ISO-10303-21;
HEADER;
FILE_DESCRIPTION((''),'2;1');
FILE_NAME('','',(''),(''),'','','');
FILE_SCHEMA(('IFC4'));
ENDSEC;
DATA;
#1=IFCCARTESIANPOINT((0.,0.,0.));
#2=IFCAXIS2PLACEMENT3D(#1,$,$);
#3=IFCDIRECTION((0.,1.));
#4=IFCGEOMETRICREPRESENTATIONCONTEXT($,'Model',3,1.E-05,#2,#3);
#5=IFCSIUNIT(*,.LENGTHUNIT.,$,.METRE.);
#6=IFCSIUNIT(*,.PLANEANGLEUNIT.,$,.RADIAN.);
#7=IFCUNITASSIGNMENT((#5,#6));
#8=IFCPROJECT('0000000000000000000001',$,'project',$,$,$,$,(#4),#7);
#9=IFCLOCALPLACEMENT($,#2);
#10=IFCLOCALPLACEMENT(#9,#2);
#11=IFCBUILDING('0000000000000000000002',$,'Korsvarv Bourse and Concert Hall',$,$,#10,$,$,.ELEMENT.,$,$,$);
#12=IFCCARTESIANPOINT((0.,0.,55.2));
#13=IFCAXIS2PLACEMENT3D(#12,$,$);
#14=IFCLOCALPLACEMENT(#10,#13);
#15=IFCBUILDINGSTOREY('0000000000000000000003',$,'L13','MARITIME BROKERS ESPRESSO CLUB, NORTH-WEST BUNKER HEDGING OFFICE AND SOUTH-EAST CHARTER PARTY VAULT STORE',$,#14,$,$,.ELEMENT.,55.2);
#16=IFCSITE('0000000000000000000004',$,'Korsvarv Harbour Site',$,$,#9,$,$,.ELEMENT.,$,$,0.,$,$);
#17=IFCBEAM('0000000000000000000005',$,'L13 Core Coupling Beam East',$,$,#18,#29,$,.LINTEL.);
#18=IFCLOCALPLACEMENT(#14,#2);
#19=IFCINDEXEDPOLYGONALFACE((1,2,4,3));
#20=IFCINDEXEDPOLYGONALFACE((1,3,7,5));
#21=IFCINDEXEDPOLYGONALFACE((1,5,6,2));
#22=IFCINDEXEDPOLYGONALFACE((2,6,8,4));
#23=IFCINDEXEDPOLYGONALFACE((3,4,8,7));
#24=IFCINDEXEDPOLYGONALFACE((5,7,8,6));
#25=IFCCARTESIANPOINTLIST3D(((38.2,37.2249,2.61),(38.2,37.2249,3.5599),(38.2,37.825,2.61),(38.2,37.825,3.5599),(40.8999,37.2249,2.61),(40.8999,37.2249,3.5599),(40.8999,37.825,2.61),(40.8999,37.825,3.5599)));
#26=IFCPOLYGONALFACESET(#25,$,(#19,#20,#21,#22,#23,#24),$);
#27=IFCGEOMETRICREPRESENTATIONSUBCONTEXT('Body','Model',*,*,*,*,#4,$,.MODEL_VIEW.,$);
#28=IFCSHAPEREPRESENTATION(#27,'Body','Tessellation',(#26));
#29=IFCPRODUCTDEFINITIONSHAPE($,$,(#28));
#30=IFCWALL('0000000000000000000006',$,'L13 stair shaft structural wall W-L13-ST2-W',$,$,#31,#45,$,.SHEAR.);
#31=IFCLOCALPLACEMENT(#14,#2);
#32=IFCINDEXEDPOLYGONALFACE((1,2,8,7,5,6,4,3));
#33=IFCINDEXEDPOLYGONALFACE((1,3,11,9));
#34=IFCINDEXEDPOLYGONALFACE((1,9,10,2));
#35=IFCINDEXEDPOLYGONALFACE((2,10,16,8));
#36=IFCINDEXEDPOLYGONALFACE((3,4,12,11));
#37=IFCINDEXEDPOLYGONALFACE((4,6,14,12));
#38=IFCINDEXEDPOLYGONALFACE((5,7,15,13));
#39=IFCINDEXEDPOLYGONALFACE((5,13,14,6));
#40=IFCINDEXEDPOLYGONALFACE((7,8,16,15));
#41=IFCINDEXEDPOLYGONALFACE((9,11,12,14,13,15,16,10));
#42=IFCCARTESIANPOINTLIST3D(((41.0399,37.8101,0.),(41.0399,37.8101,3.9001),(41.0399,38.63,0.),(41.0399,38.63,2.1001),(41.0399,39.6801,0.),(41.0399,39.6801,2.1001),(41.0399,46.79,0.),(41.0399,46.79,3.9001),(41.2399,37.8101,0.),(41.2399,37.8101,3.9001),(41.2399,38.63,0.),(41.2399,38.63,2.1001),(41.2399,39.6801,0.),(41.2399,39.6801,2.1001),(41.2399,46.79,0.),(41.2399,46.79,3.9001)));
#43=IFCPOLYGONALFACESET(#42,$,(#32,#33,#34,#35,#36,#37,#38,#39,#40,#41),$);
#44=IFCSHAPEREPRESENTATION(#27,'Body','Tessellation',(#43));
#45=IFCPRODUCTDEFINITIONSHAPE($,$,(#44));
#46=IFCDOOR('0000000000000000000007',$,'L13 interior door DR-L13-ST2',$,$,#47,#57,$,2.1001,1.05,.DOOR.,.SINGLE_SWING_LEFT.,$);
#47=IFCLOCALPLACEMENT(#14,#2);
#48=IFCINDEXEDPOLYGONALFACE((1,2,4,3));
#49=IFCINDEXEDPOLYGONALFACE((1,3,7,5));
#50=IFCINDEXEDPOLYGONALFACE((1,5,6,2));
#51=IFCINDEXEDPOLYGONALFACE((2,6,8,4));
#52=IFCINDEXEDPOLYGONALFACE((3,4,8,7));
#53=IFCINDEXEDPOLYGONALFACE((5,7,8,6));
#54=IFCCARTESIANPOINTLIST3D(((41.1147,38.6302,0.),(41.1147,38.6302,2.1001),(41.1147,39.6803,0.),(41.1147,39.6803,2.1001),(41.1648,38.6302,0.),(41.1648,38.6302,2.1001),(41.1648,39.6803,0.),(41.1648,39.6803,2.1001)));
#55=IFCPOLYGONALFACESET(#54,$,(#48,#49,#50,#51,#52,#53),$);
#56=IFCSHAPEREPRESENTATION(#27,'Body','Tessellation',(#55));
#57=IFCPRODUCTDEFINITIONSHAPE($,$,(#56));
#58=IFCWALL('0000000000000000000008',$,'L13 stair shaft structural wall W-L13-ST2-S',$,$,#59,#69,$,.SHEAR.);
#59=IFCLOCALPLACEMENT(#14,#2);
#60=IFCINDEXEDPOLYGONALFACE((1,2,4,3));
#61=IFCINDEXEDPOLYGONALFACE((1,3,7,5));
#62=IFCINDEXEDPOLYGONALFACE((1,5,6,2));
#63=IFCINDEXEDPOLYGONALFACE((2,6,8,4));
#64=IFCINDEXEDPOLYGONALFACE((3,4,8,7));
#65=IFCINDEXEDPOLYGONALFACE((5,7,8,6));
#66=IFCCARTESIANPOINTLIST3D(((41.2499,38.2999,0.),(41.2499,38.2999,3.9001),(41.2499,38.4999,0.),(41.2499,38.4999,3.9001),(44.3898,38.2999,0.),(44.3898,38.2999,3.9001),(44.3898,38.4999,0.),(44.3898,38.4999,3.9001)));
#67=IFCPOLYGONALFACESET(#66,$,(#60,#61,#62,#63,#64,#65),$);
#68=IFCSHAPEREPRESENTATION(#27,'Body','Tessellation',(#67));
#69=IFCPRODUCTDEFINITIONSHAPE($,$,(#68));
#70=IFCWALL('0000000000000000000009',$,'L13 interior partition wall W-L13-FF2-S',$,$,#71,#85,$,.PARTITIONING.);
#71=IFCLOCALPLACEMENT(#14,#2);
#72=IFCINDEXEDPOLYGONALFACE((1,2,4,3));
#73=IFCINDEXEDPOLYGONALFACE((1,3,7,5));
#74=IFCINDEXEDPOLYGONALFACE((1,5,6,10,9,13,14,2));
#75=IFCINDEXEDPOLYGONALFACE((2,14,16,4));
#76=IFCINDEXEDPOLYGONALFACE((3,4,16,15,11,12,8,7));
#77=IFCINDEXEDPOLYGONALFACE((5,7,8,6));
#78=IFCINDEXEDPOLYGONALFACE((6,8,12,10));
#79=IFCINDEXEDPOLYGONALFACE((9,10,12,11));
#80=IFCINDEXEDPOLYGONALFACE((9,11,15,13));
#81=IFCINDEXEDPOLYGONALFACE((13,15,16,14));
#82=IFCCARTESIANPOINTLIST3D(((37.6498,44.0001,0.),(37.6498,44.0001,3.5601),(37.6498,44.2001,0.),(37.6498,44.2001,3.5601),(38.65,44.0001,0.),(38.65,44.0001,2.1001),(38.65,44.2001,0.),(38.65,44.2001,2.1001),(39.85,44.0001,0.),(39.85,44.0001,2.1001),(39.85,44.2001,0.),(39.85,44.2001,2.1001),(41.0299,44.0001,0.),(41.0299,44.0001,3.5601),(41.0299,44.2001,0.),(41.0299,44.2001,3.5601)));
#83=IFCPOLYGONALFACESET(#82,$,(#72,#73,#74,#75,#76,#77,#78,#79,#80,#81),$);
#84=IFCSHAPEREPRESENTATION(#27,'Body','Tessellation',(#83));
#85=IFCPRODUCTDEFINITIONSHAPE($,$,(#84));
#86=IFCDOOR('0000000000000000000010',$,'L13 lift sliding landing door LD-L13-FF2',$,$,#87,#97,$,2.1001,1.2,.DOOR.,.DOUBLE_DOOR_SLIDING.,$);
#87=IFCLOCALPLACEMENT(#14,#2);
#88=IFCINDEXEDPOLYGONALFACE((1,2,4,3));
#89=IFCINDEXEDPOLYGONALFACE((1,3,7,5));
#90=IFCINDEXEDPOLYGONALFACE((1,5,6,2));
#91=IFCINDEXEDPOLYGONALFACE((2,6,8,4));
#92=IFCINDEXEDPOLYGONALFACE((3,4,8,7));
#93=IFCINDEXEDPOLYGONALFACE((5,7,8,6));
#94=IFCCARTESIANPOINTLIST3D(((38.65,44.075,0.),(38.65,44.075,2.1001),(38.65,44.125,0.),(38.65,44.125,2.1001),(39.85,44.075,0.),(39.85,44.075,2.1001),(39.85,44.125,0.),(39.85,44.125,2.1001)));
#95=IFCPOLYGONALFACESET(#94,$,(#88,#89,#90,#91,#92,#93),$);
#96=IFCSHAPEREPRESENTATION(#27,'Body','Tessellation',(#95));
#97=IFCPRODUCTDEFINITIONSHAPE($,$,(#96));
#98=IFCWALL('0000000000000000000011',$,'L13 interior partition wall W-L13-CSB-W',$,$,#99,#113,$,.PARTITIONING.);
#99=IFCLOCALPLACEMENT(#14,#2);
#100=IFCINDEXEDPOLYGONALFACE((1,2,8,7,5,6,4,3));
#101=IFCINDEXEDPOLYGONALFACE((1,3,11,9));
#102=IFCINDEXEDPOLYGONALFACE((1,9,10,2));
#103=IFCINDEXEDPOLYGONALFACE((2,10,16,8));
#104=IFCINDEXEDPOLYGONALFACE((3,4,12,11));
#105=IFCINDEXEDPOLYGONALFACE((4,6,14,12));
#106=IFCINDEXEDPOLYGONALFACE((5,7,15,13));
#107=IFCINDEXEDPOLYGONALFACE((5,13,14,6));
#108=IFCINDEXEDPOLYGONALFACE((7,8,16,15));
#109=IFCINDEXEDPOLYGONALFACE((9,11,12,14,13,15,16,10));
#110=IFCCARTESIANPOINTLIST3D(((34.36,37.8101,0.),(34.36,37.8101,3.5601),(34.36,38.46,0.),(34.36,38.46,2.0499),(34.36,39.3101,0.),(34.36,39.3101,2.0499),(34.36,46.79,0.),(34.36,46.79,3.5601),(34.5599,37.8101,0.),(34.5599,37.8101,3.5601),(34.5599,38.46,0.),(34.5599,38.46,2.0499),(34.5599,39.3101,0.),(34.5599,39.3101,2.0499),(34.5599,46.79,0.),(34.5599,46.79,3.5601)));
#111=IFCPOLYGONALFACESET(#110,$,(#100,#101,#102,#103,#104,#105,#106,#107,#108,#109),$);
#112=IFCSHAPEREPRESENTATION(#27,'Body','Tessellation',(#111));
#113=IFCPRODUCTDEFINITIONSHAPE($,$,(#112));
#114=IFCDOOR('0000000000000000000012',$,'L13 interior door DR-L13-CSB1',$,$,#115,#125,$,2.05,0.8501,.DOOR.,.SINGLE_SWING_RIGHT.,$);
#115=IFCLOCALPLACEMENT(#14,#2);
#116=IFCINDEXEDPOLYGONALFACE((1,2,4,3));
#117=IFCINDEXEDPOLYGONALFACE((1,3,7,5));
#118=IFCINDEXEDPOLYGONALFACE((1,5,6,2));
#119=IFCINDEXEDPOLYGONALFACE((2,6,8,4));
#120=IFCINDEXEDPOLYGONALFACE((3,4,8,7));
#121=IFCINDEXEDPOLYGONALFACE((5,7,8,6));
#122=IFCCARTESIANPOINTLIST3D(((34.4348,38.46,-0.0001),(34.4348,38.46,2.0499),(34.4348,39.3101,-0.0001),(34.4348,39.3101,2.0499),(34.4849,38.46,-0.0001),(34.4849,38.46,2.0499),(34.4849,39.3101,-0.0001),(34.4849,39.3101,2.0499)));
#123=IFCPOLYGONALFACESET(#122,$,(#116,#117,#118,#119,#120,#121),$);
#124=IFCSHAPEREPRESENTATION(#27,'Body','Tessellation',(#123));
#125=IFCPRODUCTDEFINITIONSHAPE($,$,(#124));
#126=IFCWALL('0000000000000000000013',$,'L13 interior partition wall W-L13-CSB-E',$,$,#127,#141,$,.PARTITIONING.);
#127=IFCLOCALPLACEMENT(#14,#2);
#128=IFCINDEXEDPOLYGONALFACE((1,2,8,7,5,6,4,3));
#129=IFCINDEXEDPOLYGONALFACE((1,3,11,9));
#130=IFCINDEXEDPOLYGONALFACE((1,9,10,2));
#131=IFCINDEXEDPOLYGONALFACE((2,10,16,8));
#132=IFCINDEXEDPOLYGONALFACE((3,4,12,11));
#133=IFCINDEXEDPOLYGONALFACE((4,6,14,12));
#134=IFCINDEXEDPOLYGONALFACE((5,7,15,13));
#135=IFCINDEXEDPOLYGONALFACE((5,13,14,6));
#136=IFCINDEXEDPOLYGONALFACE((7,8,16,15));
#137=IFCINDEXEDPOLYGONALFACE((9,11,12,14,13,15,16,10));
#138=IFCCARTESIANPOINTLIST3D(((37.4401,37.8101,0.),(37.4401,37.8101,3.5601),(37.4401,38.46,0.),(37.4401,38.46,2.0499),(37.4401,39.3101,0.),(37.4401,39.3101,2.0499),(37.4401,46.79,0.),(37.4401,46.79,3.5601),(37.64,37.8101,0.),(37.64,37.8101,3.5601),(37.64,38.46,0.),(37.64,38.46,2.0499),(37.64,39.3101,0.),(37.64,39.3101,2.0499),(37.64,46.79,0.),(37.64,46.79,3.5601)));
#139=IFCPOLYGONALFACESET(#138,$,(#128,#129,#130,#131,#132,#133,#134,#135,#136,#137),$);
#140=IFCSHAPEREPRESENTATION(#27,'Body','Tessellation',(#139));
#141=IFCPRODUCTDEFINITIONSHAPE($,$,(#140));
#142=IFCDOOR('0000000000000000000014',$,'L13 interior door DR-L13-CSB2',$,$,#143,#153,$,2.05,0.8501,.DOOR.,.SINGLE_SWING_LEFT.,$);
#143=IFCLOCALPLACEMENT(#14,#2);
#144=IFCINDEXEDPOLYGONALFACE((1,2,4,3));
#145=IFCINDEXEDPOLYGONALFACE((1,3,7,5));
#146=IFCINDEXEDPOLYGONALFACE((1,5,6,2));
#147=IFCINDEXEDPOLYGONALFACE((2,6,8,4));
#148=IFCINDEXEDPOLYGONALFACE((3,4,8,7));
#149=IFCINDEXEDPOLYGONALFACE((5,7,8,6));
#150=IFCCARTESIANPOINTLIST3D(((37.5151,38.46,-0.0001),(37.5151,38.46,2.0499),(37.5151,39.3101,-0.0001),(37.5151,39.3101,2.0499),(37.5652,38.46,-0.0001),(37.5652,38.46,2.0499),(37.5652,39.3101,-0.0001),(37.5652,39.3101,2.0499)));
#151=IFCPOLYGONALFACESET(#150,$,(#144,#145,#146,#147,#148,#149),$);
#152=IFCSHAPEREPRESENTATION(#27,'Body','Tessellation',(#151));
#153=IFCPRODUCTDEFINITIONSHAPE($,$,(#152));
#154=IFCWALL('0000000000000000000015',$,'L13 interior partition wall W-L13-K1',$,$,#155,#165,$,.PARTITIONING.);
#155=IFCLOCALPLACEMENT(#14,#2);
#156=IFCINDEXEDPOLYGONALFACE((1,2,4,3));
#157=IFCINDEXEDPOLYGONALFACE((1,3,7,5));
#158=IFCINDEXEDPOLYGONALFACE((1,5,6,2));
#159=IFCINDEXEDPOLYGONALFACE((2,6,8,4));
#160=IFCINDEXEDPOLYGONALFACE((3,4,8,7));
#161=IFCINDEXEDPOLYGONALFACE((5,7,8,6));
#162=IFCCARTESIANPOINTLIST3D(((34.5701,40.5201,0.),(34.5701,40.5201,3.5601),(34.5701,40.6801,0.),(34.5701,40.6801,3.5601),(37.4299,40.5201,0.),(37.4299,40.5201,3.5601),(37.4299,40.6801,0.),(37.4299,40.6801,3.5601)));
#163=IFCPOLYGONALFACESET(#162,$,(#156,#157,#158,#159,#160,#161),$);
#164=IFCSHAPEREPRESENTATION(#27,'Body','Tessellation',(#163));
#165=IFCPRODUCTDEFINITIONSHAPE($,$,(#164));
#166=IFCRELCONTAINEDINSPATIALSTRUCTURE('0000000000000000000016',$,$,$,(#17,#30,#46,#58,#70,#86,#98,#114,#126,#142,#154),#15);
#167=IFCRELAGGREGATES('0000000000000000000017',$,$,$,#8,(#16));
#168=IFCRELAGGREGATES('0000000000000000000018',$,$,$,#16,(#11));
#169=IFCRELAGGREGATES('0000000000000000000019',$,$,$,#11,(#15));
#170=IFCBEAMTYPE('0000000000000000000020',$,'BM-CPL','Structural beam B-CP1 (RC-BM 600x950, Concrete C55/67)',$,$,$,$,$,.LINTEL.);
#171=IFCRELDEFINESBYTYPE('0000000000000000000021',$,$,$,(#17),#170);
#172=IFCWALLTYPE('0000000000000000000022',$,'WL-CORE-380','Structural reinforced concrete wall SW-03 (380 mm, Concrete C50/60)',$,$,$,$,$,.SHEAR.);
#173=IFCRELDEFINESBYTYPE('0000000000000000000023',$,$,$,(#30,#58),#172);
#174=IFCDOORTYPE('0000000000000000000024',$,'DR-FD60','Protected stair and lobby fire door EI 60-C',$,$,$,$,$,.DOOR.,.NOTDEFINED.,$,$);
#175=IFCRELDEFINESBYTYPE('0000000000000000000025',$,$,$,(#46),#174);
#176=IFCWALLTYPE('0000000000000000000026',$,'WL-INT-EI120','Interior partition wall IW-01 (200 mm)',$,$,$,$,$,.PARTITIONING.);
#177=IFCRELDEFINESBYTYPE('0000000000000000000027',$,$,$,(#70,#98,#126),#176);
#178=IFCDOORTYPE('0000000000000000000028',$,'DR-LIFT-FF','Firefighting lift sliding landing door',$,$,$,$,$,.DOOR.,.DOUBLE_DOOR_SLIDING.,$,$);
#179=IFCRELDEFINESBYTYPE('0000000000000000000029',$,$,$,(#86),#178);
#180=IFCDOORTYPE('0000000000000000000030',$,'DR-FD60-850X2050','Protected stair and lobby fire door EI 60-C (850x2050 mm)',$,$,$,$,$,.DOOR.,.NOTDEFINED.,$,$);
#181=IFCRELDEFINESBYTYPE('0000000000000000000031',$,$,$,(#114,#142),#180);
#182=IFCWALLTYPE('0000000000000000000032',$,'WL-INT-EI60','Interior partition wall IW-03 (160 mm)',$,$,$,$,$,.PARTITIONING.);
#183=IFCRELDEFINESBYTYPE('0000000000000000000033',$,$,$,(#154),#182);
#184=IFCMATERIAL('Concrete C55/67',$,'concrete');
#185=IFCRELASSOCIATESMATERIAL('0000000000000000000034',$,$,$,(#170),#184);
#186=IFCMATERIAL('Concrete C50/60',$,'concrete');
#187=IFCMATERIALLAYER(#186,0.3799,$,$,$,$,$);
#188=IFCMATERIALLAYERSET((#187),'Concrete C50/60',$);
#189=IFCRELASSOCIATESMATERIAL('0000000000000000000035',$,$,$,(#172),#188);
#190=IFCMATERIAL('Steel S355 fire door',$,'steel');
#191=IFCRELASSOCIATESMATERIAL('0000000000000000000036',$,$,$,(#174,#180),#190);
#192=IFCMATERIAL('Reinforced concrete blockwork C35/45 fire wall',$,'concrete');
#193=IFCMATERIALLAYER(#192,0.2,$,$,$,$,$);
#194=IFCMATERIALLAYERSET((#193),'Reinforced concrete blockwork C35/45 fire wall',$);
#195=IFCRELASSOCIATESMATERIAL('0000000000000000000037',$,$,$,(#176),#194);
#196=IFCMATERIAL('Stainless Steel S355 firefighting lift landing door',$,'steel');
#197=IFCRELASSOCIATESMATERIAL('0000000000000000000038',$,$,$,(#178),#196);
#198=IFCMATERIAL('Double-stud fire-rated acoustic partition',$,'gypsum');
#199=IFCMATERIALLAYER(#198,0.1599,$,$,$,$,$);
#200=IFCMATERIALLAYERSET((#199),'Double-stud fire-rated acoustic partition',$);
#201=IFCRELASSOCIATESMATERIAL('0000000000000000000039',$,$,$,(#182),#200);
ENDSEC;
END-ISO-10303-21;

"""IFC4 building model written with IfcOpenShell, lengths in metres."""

from ifc_helpers import new_model, si_unit, direction, frame, frame_2d, origin, origin_2d, place, context, subcontext, project, spatial, rectangle, extrude, source, transform, mapped, material, layer, layer_set, material_profile, profile_set, type_object, element, fill, save


model = new_model("IFC4")

# Units and contexts
model_context = context("Model", 3, precision=1e-05, world=origin(), true_north=direction((0.0, 1.0)))
body_context = subcontext(model_context, "Body", "Model", "MODEL_VIEW")
ifc_project = project(units=[si_unit("LENGTHUNIT", "METRE"), si_unit("PLANEANGLEUNIT", "RADIAN")], contexts=[model_context])

# Site, building, storey
site_placement = place(None, origin())
site = spatial("IfcSite", under=ifc_project, at=site_placement, Name="Korsvarv Harbour Site", CompositionType="ELEMENT", RefElevation=0.0)
building_placement = place(site_placement, origin())
building = spatial("IfcBuilding", under=site, at=building_placement, Name="Korsvarv Bourse and Concert Hall", CompositionType="ELEMENT")
storey_placement = place(building_placement, frame((0.0, 0.0, 55.2)))
storey = spatial("IfcBuildingStorey", under=building, at=storey_placement, Name="L13", Description="MARITIME BROKERS ESPRESSO CLUB, NORTH-WEST BUNKER HEDGING OFFICE AND SOUTH-EAST CHARTER PARTY VAULT STORE", CompositionType="ELEMENT", Elevation=55.2)

# Beam
ifc_material_1 = material(Name="Concrete C55/67", Category="concrete")
ifc_material_profile = material_profile(ifc_material_1, rectangle(XDim=0.6001, YDim=0.95, at=origin_2d()), Name="RC-BM 600x950")
ifc_profile_set = profile_set([ifc_material_profile], Name="Concrete C55/67")
beam_type = type_object("IfcBeamType", Name="BM-CPL", Description="Structural beam B-CP1 (RC-BM 600x950, Concrete C55/67)", PredefinedType="LINTEL", material=ifc_profile_set)
shared_shape = source(origin(), body_context, "Body", "SweptSolid", [
    extrude(rectangle(XDim=0.6001, YDim=0.95, at=origin_2d()), origin(), (0.0, 0.0, 1.0), 2.7),
])
beam_placement = place(storey_placement, frame((38.2, 37.5249, 3.085), z_axis=(1.0, 0.0, 0.0), x_axis=(0.0, 1.0, 0.0)))
element("IfcBeam", 1, at=beam_placement, inside=storey, type_object=beam_type, Name="L13 Core Coupling Beam East", PredefinedType="LINTEL", context=body_context, shape_type="MappedRepresentation", body=[
    mapped(shared_shape, transform((0.0, 0.0, 0.0), scale=1.0)),
])

# Wall, opening, door
ifc_material_2 = material(Name="Concrete C50/60", Category="concrete")
ifc_layer_1 = layer(ifc_material_2, 0.3799)
ifc_layer_set_1 = layer_set([ifc_layer_1], Name="Concrete C50/60")
wall_type_1 = type_object("IfcWallType", Name="WL-CORE-380", Description="Structural reinforced concrete wall SW-03 (380 mm, Concrete C50/60)", PredefinedType="SHEAR", material=ifc_layer_set_1)
wall_1_placement = place(storey_placement, frame((41.1399, 37.8101, 0.0), z_axis=(0.0, 0.0, 1.0), x_axis=(0.0, 1.0, 0.0)))
wall_1 = element("IfcWall", 2, at=wall_1_placement, inside=storey, type_object=wall_type_1, Name="L13 stair shaft structural wall W-L13-ST2-W", PredefinedType="SHEAR", context=body_context, shape_type="SweptSolid", body=[
    extrude(rectangle(XDim=8.98, YDim=0.2, at=frame_2d((4.49, 0.0))), origin(), (0.0, 0.0, 1.0), 3.9001),
])
opening_1_placement = place(wall_1_placement, frame((0.8201, 0.0, 0.0)))
opening_1 = element("IfcOpeningElement", 3, at=opening_1_placement, cuts=wall_1, PredefinedType="OPENING", context=body_context, shape_type="SweptSolid", body=[
    extrude(rectangle(XDim=1.05, YDim=2.1001, at=frame_2d((0.5249, 1.05))), frame((0.0, 0.1099, 0.0), z_axis=(0.0, -1.0, 0.0), x_axis=(1.0, 0.0, 0.0)), (0.0, 0.0, 1.0), 0.22),
])
ifc_material_3 = material(Name="Steel S355 fire door", Category="steel")
door_type_1 = type_object("IfcDoorType", Name="DR-FD60", Description="Protected stair and lobby fire door EI 60-C", OperationType="NOTDEFINED", PredefinedType="DOOR", material=ifc_material_3)
door_1_placement = place(opening_1_placement, frame((1.05, 0.0, 0.0), z_axis=(0.0, 0.0, 1.0), x_axis=(-1.0, 0.0, 0.0)))
door_1 = element("IfcDoor", 4, at=door_1_placement, inside=storey, type_object=door_type_1, Name="L13 interior door DR-L13-ST2", OperationType="SINGLE_SWING_LEFT", OverallHeight=2.1001, OverallWidth=1.05, PredefinedType="DOOR", context=body_context, shape_type="SweptSolid", body=[
    extrude(rectangle(XDim=1.05, YDim=2.1001, at=frame_2d((0.5249, 1.05))), frame((0.0, 0.0249, 0.0), z_axis=(0.0, -1.0, 0.0), x_axis=(1.0, 0.0, 0.0)), (0.0, 0.0, 1.0), 0.05),
])
fill(opening_1, door_1)

# Wall
wall_2_placement = place(storey_placement, frame((41.25, 38.3999, 0.0), z_axis=(0.0, 0.0, 1.0), x_axis=(1.0, 0.0, 0.0)))
element("IfcWall", 5, at=wall_2_placement, inside=storey, type_object=wall_type_1, Name="L13 stair shaft structural wall W-L13-ST2-S", PredefinedType="SHEAR", context=body_context, shape_type="SweptSolid", body=[
    extrude(rectangle(XDim=3.1399, YDim=0.2, at=frame_2d((1.5698, 0.0))), origin(), (0.0, 0.0, 1.0), 3.9001),
])

# Walls, openings, doors
ifc_material_4 = material(Name="Reinforced concrete blockwork C35/45 fire wall", Category="concrete")
ifc_layer_2 = layer(ifc_material_4, 0.2)
ifc_layer_set_2 = layer_set([ifc_layer_2], Name="Reinforced concrete blockwork C35/45 fire wall")
wall_type_2 = type_object("IfcWallType", Name="WL-INT-EI120", Description="Interior partition wall IW-01 (200 mm)", PredefinedType="PARTITIONING", material=ifc_layer_set_2)
wall_3_placement = place(storey_placement, frame((37.6499, 44.1001, 0.0), z_axis=(0.0, 0.0, 1.0), x_axis=(1.0, 0.0, 0.0)))
wall_3 = element("IfcWall", 6, at=wall_3_placement, inside=storey, type_object=wall_type_2, Name="L13 interior partition wall W-L13-FF2-S", PredefinedType="PARTITIONING", context=body_context, shape_type="SweptSolid", body=[
    extrude(rectangle(XDim=3.3801, YDim=0.2, at=frame_2d((1.6899, 0.0))), origin(), (0.0, 0.0, 1.0), 3.5601),
])
opening_2_placement = place(wall_3_placement, frame((1.0, 0.0, 0.0)))
opening_2 = element("IfcOpeningElement", 7, at=opening_2_placement, cuts=wall_3, PredefinedType="OPENING", context=body_context, shape_type="SweptSolid", body=[
    extrude(rectangle(XDim=1.2, YDim=2.1001, at=frame_2d((0.6001, 1.05))), frame((0.0, 0.1099, 0.0), z_axis=(0.0, -1.0, 0.0), x_axis=(1.0, 0.0, 0.0)), (0.0, 0.0, 1.0), 0.22),
])
ifc_material_5 = material(Name="Stainless Steel S355 firefighting lift landing door", Category="steel")
door_type_2 = type_object("IfcDoorType", Name="DR-LIFT-FF", Description="Firefighting lift sliding landing door", OperationType="DOUBLE_DOOR_SLIDING", PredefinedType="DOOR", material=ifc_material_5)
door_2_placement = place(opening_2_placement, origin())
door_2 = element("IfcDoor", 8, at=door_2_placement, inside=storey, type_object=door_type_2, Name="L13 lift sliding landing door LD-L13-FF2", OperationType="DOUBLE_DOOR_SLIDING", OverallHeight=2.1001, OverallWidth=1.2, PredefinedType="DOOR", context=body_context, shape_type="SweptSolid", body=[
    extrude(rectangle(XDim=1.2, YDim=2.1001, at=frame_2d((0.6001, 1.05))), frame((0.0, 0.0249, 0.0), z_axis=(0.0, -1.0, 0.0), x_axis=(1.0, 0.0, 0.0)), (0.0, 0.0, 1.0), 0.05),
])
fill(opening_2, door_2)
wall_4_placement = place(storey_placement, frame((34.46, 37.8101, 0.0), z_axis=(0.0, 0.0, 1.0), x_axis=(0.0, 1.0, 0.0)))
wall_4 = element("IfcWall", 9, at=wall_4_placement, inside=storey, type_object=wall_type_2, Name="L13 interior partition wall W-L13-CSB-W", PredefinedType="PARTITIONING", context=body_context, shape_type="SweptSolid", body=[
    extrude(rectangle(XDim=8.98, YDim=0.2, at=frame_2d((4.49, 0.0))), origin(), (0.0, 0.0, 1.0), 3.5601),
])
opening_3_placement = place(wall_4_placement, frame((0.6499, 0.0, 0.0)))
opening_3 = element("IfcOpeningElement", 10, at=opening_3_placement, cuts=wall_4, PredefinedType="OPENING", context=body_context, shape_type="SweptSolid", body=[
    extrude(rectangle(XDim=0.8501, YDim=2.05, at=frame_2d((0.425, 1.0249))), frame((0.0, 0.1099, 0.0), z_axis=(0.0, -1.0, 0.0), x_axis=(1.0, 0.0, 0.0)), (0.0, 0.0, 1.0), 0.22),
])
door_type_3 = type_object("IfcDoorType", Name="DR-FD60-850X2050", Description="Protected stair and lobby fire door EI 60-C (850x2050 mm)", OperationType="NOTDEFINED", PredefinedType="DOOR", material=ifc_material_3)
door_3_placement = place(opening_3_placement, frame((0.8501, 0.0, 0.0), z_axis=(0.0, 0.0, 1.0), x_axis=(-1.0, 0.0, 0.0)))
door_3 = element("IfcDoor", 11, at=door_3_placement, inside=storey, type_object=door_type_3, Name="L13 interior door DR-L13-CSB1", OperationType="SINGLE_SWING_RIGHT", OverallHeight=2.05, OverallWidth=0.8501, PredefinedType="DOOR", context=body_context, shape_type="SweptSolid", body=[
    extrude(rectangle(XDim=0.8501, YDim=2.05, at=frame_2d((0.425, 1.0249))), frame((0.0, 0.0249, 0.0), z_axis=(0.0, -1.0, 0.0), x_axis=(1.0, 0.0, 0.0)), (0.0, 0.0, 1.0), 0.05),
])
fill(opening_3, door_3)
wall_5_placement = place(storey_placement, frame((37.54, 37.8101, 0.0), z_axis=(0.0, 0.0, 1.0), x_axis=(0.0, 1.0, 0.0)))
wall_5 = element("IfcWall", 12, at=wall_5_placement, inside=storey, type_object=wall_type_2, Name="L13 interior partition wall W-L13-CSB-E", PredefinedType="PARTITIONING", context=body_context, shape_type="SweptSolid", body=[
    extrude(rectangle(XDim=8.98, YDim=0.2, at=frame_2d((4.49, 0.0))), origin(), (0.0, 0.0, 1.0), 3.5601),
])
opening_4_placement = place(wall_5_placement, frame((0.6499, 0.0, 0.0)))
opening_4 = element("IfcOpeningElement", 13, at=opening_4_placement, cuts=wall_5, PredefinedType="OPENING", context=body_context, shape_type="SweptSolid", body=[
    extrude(rectangle(XDim=0.8501, YDim=2.05, at=frame_2d((0.425, 1.0249))), frame((0.0, 0.1099, 0.0), z_axis=(0.0, -1.0, 0.0), x_axis=(1.0, 0.0, 0.0)), (0.0, 0.0, 1.0), 0.22),
])
door_4_placement = place(opening_4_placement, origin())
door_4 = element("IfcDoor", 14, at=door_4_placement, inside=storey, type_object=door_type_3, Name="L13 interior door DR-L13-CSB2", OperationType="SINGLE_SWING_LEFT", OverallHeight=2.05, OverallWidth=0.8501, PredefinedType="DOOR", context=body_context, shape_type="SweptSolid", body=[
    extrude(rectangle(XDim=0.8501, YDim=2.05, at=frame_2d((0.425, 1.0249))), frame((0.0, 0.0249, 0.0), z_axis=(0.0, -1.0, 0.0), x_axis=(1.0, 0.0, 0.0)), (0.0, 0.0, 1.0), 0.05),
])
fill(opening_4, door_4)

# Wall
ifc_material_6 = material(Name="Double-stud fire-rated acoustic partition", Category="gypsum")
ifc_layer_3 = layer(ifc_material_6, 0.1599)
ifc_layer_set_3 = layer_set([ifc_layer_3], Name="Double-stud fire-rated acoustic partition")
wall_type_3 = type_object("IfcWallType", Name="WL-INT-EI60", Description="Interior partition wall IW-03 (160 mm)", PredefinedType="PARTITIONING", material=ifc_layer_set_3)
for number, where, z_axis, x_axis, name in (
    (15, (34.5701, 40.6001, 0.0), (0.0, 0.0, 1.0), (1.0, 0.0, 0.0), "L13 interior partition wall W-L13-K1"),
):
    element("IfcWall", number, at=place(storey_placement, frame(where, z_axis=z_axis, x_axis=x_axis)), inside=storey, type_object=wall_type_3, Name=name, PredefinedType="PARTITIONING", context=body_context, shape_type="SweptSolid", body=[
        extrude(rectangle(XDim=2.8599, YDim=0.1599, at=frame_2d((1.4299, 0.0))), origin(), (0.0, 0.0, 1.0), 3.5601),
    ])

save(model, "model.ifc")
